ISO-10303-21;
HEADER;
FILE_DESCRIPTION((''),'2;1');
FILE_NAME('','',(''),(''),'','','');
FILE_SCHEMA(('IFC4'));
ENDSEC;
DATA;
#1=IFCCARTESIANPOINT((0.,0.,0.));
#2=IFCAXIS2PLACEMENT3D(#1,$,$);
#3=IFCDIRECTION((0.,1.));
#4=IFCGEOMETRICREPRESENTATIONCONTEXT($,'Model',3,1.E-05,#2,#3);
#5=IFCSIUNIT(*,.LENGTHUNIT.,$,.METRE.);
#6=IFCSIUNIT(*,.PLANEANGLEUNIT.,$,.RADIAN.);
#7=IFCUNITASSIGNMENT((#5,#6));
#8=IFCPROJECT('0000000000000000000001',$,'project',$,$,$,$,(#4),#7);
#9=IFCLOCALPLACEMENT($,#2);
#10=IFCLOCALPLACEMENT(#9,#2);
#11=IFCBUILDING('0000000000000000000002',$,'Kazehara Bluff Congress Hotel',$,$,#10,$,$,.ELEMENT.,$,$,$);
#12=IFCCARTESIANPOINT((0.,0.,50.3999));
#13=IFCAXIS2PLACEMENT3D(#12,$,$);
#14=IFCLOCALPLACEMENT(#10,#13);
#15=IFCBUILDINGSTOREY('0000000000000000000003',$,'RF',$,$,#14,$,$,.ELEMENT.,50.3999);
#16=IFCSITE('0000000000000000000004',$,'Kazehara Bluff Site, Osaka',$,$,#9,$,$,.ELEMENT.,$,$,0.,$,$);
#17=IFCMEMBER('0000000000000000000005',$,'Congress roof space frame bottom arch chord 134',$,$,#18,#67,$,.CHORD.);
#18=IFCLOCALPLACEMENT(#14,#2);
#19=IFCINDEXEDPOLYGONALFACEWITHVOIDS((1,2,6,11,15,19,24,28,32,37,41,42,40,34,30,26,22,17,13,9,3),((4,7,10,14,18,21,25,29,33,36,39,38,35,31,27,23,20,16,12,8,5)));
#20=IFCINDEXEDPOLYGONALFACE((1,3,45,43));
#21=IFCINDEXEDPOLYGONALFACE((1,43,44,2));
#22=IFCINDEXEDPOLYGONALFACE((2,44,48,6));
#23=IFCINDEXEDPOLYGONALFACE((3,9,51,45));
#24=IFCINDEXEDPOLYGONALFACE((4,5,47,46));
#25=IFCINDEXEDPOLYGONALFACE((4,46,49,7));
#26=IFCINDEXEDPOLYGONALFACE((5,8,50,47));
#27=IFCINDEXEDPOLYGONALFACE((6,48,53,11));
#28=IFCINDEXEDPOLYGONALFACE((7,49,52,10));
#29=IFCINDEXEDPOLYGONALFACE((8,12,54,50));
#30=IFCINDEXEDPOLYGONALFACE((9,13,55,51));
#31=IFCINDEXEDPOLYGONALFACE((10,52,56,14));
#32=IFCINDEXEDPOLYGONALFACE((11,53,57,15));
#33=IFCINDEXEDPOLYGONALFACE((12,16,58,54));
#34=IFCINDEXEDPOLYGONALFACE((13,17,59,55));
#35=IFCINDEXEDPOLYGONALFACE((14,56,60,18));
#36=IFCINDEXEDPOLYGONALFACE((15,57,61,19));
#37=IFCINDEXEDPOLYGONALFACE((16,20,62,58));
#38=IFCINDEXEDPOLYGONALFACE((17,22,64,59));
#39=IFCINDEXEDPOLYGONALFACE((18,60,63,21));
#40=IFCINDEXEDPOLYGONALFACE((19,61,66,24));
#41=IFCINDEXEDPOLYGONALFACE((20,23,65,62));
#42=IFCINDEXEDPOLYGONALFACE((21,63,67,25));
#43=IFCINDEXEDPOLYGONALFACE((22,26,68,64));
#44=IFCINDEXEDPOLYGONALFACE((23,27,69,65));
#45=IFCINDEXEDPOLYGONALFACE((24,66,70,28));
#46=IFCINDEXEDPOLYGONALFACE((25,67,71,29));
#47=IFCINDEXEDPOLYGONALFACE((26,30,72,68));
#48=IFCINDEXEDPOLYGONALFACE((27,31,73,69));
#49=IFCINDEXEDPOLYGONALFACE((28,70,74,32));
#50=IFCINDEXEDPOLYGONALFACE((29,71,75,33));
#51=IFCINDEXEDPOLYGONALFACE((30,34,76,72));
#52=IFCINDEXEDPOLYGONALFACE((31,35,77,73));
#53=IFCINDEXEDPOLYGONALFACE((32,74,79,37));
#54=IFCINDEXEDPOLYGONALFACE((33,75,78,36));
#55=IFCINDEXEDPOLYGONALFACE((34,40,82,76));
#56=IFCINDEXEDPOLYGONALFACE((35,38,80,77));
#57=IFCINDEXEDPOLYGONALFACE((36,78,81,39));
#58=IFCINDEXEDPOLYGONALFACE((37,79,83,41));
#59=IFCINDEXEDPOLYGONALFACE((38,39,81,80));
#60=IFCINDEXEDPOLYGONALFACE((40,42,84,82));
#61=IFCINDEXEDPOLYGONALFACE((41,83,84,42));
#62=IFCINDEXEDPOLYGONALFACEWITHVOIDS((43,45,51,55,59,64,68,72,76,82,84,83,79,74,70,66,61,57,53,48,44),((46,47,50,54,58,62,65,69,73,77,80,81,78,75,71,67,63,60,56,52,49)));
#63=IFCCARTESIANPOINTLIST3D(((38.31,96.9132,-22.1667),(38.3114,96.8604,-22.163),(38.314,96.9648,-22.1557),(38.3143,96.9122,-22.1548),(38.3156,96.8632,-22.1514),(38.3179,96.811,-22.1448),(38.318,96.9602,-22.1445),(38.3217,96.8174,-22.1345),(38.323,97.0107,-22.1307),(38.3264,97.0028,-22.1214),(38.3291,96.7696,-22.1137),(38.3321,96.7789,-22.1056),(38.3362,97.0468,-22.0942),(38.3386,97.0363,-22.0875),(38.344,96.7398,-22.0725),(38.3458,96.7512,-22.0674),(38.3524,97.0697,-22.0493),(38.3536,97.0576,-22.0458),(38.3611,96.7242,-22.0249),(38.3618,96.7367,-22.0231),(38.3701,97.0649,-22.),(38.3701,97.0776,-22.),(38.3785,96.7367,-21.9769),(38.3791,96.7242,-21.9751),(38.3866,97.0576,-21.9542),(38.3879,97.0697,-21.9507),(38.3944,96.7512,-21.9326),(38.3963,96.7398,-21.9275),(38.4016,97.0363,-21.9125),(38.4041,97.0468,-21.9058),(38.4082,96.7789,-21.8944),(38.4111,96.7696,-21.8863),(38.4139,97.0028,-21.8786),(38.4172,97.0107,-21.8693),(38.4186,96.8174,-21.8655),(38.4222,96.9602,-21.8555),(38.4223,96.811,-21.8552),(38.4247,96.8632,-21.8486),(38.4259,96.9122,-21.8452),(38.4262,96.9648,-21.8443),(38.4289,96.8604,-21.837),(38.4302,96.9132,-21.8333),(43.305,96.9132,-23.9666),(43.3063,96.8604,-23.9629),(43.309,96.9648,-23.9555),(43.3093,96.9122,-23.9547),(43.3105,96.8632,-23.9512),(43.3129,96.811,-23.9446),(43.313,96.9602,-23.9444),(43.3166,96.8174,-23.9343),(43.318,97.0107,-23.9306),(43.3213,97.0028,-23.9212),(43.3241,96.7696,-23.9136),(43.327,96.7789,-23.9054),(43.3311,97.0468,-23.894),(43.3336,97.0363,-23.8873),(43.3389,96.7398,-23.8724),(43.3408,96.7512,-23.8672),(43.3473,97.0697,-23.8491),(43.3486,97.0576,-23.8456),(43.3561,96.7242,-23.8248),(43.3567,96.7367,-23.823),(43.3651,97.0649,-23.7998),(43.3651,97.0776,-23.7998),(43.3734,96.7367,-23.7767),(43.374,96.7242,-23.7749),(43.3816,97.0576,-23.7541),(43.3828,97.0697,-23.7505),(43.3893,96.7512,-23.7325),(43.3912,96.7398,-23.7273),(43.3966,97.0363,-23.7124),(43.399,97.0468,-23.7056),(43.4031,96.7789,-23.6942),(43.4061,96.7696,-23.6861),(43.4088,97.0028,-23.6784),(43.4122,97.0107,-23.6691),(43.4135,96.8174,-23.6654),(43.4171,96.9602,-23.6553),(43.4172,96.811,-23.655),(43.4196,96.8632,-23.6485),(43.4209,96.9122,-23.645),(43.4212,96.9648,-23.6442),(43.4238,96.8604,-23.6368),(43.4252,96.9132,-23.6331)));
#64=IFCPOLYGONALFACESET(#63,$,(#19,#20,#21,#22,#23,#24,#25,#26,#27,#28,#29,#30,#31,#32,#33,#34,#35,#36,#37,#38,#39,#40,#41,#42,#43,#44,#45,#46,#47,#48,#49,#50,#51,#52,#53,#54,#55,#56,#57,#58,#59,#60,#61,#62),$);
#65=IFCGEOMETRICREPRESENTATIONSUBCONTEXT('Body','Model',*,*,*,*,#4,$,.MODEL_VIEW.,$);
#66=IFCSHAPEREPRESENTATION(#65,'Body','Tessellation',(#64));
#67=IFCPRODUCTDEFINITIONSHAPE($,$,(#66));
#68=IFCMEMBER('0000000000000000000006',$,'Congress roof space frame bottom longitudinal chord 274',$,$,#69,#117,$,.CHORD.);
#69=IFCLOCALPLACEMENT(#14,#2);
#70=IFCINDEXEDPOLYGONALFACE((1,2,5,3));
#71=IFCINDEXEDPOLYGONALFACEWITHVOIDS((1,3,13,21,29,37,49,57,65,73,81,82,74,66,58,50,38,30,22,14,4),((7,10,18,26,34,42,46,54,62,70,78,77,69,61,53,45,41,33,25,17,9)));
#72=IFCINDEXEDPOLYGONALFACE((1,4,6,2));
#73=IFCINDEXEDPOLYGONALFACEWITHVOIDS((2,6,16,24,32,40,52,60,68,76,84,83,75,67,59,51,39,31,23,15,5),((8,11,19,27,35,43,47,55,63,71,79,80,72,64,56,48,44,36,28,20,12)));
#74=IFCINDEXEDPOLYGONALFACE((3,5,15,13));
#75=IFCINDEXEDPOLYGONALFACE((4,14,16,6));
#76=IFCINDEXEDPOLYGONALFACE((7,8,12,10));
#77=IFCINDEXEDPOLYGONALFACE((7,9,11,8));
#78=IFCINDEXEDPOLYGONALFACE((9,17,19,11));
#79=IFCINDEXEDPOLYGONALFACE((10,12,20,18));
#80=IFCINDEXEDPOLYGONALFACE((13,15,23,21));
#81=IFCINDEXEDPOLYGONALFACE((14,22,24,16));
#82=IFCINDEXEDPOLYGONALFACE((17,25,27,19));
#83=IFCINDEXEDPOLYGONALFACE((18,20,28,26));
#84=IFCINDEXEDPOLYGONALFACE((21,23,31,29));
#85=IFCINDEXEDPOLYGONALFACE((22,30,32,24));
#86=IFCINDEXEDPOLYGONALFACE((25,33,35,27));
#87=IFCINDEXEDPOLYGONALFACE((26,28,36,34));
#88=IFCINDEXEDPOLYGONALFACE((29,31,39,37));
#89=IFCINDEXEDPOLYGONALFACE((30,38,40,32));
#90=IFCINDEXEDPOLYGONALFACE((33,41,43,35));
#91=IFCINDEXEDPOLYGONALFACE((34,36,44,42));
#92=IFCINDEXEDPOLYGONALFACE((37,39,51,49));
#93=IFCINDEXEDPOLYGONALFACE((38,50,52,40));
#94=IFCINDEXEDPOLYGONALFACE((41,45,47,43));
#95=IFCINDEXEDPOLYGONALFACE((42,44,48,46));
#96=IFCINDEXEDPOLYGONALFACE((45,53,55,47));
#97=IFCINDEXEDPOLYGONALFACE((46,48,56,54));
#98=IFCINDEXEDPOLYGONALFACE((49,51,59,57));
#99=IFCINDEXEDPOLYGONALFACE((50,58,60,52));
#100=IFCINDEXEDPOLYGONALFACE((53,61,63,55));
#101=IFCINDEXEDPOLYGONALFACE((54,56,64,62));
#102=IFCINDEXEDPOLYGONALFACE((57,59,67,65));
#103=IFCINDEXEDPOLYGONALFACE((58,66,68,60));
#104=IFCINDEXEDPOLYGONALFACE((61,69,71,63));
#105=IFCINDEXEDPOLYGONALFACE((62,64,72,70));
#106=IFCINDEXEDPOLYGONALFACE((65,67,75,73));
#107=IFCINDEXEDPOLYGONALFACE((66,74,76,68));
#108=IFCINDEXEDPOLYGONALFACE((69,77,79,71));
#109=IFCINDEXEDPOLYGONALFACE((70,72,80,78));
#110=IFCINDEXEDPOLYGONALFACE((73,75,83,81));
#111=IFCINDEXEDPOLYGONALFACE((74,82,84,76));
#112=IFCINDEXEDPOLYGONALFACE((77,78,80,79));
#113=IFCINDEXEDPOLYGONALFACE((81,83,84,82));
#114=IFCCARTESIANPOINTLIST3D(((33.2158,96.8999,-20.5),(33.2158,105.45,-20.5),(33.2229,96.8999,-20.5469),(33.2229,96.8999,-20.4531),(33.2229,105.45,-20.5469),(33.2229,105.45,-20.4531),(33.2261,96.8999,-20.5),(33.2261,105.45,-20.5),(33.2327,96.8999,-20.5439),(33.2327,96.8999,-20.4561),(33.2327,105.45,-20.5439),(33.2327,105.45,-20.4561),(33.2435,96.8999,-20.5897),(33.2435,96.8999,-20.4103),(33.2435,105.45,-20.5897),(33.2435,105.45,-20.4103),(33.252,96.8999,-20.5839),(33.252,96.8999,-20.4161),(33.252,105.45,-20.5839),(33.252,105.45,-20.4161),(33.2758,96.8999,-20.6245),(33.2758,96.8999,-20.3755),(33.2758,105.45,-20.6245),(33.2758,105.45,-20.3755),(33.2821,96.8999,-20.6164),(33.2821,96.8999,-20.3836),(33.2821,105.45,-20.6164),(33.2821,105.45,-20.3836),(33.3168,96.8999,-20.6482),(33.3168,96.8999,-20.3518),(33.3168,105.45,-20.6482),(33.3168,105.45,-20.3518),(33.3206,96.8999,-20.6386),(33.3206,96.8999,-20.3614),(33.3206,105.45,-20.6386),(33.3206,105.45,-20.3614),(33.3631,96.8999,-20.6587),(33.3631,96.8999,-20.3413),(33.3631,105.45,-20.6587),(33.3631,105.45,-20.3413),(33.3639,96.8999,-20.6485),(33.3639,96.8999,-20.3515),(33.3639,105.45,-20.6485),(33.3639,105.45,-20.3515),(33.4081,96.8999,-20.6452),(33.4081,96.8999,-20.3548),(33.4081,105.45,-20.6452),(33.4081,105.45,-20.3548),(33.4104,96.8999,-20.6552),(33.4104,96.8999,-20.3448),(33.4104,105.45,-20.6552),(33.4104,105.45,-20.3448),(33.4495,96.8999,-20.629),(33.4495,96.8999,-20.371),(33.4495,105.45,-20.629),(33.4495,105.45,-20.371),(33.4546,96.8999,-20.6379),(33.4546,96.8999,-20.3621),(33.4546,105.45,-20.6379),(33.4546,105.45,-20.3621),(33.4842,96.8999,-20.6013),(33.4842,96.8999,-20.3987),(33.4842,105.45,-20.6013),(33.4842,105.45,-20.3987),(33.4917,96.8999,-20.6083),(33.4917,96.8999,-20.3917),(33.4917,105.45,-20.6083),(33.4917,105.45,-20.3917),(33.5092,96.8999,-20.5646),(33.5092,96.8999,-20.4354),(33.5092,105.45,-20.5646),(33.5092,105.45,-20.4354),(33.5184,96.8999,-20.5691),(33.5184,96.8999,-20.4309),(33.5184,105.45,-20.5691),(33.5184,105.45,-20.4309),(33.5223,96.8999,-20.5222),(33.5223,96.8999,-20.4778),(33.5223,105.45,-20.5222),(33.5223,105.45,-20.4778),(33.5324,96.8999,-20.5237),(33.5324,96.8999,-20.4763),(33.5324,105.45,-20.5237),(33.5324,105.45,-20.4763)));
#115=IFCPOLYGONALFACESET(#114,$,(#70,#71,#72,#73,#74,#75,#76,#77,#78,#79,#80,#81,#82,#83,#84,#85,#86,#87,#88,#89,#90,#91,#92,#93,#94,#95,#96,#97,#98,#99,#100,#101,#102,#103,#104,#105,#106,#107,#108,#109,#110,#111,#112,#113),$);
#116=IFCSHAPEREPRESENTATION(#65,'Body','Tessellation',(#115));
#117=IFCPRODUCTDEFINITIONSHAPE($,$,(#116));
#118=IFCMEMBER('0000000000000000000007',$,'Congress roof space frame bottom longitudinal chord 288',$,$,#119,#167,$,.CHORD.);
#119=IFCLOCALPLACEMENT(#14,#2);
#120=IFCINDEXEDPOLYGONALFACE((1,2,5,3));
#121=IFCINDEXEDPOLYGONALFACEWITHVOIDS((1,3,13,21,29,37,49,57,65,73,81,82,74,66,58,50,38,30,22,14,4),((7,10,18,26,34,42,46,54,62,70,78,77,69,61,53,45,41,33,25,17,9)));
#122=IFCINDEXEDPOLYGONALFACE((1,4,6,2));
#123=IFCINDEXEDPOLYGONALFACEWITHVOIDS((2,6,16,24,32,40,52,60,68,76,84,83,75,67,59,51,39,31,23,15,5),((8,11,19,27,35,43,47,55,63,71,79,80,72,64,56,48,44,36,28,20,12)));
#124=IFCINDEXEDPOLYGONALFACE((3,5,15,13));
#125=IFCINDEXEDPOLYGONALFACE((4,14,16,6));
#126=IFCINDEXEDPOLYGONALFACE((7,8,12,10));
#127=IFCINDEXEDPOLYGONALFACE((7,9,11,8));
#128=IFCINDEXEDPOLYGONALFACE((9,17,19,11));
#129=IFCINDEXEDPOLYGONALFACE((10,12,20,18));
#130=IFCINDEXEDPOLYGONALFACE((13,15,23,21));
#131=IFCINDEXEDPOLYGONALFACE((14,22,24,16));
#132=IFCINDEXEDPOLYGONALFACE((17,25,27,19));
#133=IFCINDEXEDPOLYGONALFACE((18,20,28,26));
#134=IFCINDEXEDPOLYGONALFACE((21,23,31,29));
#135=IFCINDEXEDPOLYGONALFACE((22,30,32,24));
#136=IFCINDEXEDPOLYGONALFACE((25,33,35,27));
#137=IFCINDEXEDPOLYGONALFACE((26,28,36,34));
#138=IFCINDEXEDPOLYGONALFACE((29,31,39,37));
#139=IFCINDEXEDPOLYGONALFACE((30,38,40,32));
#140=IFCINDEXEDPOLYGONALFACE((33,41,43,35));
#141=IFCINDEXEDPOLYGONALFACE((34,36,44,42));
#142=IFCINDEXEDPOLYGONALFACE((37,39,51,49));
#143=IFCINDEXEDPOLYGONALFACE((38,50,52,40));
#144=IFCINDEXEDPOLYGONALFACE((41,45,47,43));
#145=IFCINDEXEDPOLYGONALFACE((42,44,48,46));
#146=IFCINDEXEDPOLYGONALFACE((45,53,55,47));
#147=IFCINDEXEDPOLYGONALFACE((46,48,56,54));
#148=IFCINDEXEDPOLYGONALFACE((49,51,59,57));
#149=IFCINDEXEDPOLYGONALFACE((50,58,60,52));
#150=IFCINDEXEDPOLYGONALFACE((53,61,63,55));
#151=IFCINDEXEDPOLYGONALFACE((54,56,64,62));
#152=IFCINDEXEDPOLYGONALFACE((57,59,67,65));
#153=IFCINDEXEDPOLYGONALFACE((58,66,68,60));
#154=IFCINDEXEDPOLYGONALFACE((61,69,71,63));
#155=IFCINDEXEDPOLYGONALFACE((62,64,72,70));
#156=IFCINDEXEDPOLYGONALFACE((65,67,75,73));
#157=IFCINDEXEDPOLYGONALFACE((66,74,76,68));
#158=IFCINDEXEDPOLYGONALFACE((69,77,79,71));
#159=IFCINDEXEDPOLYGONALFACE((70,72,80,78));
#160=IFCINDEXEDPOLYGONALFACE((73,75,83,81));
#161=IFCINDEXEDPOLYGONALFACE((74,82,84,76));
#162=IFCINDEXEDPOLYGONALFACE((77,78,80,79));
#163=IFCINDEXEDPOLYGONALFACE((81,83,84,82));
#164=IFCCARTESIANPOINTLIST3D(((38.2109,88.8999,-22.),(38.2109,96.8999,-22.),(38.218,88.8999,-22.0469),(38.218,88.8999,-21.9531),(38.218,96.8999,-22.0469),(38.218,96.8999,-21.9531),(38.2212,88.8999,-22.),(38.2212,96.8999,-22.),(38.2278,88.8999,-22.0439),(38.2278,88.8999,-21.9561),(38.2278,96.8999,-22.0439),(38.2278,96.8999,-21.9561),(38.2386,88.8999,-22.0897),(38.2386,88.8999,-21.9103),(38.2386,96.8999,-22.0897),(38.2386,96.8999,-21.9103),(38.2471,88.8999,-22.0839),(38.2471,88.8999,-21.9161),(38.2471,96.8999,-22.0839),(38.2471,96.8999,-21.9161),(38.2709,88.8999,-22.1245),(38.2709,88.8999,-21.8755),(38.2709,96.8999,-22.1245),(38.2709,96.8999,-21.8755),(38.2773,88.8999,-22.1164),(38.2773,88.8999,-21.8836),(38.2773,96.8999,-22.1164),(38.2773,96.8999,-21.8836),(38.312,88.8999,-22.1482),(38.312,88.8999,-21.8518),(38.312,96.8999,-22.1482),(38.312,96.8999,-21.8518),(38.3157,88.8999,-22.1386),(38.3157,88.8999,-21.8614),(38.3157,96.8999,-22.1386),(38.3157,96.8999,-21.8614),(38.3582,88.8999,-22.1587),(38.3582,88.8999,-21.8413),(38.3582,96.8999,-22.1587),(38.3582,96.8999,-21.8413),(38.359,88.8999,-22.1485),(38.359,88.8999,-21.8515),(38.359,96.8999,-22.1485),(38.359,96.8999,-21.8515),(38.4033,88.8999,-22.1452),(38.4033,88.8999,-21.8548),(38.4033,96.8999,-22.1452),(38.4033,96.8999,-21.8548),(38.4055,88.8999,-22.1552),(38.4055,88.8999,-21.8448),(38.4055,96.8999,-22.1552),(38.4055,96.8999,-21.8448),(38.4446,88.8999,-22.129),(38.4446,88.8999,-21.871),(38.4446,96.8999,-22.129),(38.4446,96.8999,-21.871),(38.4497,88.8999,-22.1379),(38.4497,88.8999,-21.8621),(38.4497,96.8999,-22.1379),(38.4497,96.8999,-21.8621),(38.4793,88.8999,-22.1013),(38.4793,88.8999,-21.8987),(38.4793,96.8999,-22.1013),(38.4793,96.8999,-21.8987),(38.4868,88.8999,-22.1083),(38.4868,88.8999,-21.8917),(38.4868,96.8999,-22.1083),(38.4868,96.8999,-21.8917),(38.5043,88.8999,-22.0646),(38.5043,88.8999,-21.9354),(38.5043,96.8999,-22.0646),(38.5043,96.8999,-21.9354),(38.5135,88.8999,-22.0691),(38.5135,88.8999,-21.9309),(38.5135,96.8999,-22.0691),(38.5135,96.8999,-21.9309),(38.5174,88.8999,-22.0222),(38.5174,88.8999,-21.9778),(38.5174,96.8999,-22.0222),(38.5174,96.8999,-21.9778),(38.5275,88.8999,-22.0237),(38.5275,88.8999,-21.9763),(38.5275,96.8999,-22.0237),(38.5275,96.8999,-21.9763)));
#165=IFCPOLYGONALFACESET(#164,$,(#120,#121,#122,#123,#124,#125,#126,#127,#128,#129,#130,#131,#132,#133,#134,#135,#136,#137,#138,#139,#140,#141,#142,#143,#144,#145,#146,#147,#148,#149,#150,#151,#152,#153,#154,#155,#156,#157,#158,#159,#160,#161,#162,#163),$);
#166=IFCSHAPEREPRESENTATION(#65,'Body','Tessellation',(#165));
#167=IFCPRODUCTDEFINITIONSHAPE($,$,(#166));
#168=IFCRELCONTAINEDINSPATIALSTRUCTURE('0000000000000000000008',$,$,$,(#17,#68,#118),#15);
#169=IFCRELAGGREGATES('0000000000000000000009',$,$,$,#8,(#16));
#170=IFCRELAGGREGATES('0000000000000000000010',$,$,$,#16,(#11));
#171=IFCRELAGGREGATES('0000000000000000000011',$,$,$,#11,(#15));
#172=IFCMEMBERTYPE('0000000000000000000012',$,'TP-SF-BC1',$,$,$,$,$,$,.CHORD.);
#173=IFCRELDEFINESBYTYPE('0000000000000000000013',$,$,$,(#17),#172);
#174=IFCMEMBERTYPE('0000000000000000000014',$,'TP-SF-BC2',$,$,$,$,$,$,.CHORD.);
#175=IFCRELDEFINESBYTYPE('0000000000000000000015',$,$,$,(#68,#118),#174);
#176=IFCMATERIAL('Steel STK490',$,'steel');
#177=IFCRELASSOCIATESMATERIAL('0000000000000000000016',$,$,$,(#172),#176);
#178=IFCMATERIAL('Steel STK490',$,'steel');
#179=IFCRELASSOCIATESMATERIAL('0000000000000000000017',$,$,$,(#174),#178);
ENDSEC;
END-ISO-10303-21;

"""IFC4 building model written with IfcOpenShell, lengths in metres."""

from ifc_helpers import new_model, si_unit, direction, frame, origin, origin_2d, place, context, subcontext, project, spatial, hollow_circle, extrude, material, material_profile, profile_set, type_object, element, save


model = new_model("IFC4")

# Units and contexts
model_context = context("Model", 3, precision=1e-05, world=origin(), true_north=direction((0.0, 1.0)))
body_context = subcontext(model_context, "Body", "Model", "MODEL_VIEW")
ifc_project = project(units=[si_unit("LENGTHUNIT", "METRE"), si_unit("PLANEANGLEUNIT", "RADIAN")], contexts=[model_context])

# Site, building, storey
site_placement = place(None, origin())
site = spatial("IfcSite", under=ifc_project, at=site_placement, Name="Kazehara Bluff Site, Osaka", CompositionType="ELEMENT", RefElevation=0.0)
building_placement = place(site_placement, origin())
building = spatial("IfcBuilding", under=site, at=building_placement, Name="Kazehara Bluff Congress Hotel", CompositionType="ELEMENT")
storey_placement = place(building_placement, frame((0.0, 0.0, 50.3999)))
storey = spatial("IfcBuildingStorey", under=building, at=storey_placement, Name="RF", CompositionType="ELEMENT", Elevation=50.3999)

# Members
ifc_material_1 = material(Name="Steel STK490", Category="steel")
ifc_material_profile_1 = material_profile(ifc_material_1, hollow_circle(Radius=0.1777, WallThickness=0.0127, at=origin_2d()))
ifc_profile_set_1 = profile_set([ifc_material_profile_1], Name="Steel STK490")
member_type_1 = type_object("IfcMemberType", Name="TP-SF-BC1", PredefinedType="CHORD", material=ifc_profile_set_1)
member_1_placement = place(storey_placement, frame((38.3701, 96.8999, -22.0), z_axis=(0.940788, 0.0, -0.338995), x_axis=(0.0, 1.0, 0.0)))
element("IfcMember", 1, at=member_1_placement, inside=storey, type_object=member_type_1, Name="Congress roof space frame bottom arch chord 134", PredefinedType="CHORD", context=body_context, shape_type="SweptSolid", body=[
    extrude(hollow_circle(Radius=0.1777, WallThickness=0.0127, at=origin_2d()), origin(), (0.0, 0.0, 1.0), 5.3093),
])
ifc_material_2 = material(Name="Steel STK490", Category="steel")
ifc_material_profile_2 = material_profile(ifc_material_2, hollow_circle(Radius=0.1592, WallThickness=0.0103, at=origin_2d()))
ifc_profile_set_2 = profile_set([ifc_material_profile_2], Name="Steel STK490")
member_type_2 = type_object("IfcMemberType", Name="TP-SF-BC2", PredefinedType="CHORD", material=ifc_profile_set_2)
member_2_placement = place(storey_placement, frame((33.375, 96.8999, -20.5), z_axis=(0.0, 1.0, 0.0), x_axis=(-1.0, 0.0, 0.0)))
element("IfcMember", 2, at=member_2_placement, inside=storey, type_object=member_type_2, Name="Congress roof space frame bottom longitudinal chord 274", PredefinedType="CHORD", context=body_context, shape_type="SweptSolid", body=[
    extrude(hollow_circle(Radius=0.1592, WallThickness=0.0103, at=origin_2d()), origin(), (0.0, 0.0, 1.0), 8.55),
])
for number, where, z_axis, x_axis, name in (
    (3, (38.3701, 88.8999, -22.0), (0.0, 1.0, 0.0), (-1.0, 0.0, 0.0), "Congress roof space frame bottom longitudinal chord 288"),
):
    element("IfcMember", number, at=place(storey_placement, frame(where, z_axis=z_axis, x_axis=x_axis)), inside=storey, type_object=member_type_2, Name=name, PredefinedType="CHORD", context=body_context, shape_type="SweptSolid", body=[
        extrude(hollow_circle(Radius=0.1592, WallThickness=0.0103, at=origin_2d()), origin(), (0.0, 0.0, 1.0), 8.0),
    ])

save(model, "model.ifc")
